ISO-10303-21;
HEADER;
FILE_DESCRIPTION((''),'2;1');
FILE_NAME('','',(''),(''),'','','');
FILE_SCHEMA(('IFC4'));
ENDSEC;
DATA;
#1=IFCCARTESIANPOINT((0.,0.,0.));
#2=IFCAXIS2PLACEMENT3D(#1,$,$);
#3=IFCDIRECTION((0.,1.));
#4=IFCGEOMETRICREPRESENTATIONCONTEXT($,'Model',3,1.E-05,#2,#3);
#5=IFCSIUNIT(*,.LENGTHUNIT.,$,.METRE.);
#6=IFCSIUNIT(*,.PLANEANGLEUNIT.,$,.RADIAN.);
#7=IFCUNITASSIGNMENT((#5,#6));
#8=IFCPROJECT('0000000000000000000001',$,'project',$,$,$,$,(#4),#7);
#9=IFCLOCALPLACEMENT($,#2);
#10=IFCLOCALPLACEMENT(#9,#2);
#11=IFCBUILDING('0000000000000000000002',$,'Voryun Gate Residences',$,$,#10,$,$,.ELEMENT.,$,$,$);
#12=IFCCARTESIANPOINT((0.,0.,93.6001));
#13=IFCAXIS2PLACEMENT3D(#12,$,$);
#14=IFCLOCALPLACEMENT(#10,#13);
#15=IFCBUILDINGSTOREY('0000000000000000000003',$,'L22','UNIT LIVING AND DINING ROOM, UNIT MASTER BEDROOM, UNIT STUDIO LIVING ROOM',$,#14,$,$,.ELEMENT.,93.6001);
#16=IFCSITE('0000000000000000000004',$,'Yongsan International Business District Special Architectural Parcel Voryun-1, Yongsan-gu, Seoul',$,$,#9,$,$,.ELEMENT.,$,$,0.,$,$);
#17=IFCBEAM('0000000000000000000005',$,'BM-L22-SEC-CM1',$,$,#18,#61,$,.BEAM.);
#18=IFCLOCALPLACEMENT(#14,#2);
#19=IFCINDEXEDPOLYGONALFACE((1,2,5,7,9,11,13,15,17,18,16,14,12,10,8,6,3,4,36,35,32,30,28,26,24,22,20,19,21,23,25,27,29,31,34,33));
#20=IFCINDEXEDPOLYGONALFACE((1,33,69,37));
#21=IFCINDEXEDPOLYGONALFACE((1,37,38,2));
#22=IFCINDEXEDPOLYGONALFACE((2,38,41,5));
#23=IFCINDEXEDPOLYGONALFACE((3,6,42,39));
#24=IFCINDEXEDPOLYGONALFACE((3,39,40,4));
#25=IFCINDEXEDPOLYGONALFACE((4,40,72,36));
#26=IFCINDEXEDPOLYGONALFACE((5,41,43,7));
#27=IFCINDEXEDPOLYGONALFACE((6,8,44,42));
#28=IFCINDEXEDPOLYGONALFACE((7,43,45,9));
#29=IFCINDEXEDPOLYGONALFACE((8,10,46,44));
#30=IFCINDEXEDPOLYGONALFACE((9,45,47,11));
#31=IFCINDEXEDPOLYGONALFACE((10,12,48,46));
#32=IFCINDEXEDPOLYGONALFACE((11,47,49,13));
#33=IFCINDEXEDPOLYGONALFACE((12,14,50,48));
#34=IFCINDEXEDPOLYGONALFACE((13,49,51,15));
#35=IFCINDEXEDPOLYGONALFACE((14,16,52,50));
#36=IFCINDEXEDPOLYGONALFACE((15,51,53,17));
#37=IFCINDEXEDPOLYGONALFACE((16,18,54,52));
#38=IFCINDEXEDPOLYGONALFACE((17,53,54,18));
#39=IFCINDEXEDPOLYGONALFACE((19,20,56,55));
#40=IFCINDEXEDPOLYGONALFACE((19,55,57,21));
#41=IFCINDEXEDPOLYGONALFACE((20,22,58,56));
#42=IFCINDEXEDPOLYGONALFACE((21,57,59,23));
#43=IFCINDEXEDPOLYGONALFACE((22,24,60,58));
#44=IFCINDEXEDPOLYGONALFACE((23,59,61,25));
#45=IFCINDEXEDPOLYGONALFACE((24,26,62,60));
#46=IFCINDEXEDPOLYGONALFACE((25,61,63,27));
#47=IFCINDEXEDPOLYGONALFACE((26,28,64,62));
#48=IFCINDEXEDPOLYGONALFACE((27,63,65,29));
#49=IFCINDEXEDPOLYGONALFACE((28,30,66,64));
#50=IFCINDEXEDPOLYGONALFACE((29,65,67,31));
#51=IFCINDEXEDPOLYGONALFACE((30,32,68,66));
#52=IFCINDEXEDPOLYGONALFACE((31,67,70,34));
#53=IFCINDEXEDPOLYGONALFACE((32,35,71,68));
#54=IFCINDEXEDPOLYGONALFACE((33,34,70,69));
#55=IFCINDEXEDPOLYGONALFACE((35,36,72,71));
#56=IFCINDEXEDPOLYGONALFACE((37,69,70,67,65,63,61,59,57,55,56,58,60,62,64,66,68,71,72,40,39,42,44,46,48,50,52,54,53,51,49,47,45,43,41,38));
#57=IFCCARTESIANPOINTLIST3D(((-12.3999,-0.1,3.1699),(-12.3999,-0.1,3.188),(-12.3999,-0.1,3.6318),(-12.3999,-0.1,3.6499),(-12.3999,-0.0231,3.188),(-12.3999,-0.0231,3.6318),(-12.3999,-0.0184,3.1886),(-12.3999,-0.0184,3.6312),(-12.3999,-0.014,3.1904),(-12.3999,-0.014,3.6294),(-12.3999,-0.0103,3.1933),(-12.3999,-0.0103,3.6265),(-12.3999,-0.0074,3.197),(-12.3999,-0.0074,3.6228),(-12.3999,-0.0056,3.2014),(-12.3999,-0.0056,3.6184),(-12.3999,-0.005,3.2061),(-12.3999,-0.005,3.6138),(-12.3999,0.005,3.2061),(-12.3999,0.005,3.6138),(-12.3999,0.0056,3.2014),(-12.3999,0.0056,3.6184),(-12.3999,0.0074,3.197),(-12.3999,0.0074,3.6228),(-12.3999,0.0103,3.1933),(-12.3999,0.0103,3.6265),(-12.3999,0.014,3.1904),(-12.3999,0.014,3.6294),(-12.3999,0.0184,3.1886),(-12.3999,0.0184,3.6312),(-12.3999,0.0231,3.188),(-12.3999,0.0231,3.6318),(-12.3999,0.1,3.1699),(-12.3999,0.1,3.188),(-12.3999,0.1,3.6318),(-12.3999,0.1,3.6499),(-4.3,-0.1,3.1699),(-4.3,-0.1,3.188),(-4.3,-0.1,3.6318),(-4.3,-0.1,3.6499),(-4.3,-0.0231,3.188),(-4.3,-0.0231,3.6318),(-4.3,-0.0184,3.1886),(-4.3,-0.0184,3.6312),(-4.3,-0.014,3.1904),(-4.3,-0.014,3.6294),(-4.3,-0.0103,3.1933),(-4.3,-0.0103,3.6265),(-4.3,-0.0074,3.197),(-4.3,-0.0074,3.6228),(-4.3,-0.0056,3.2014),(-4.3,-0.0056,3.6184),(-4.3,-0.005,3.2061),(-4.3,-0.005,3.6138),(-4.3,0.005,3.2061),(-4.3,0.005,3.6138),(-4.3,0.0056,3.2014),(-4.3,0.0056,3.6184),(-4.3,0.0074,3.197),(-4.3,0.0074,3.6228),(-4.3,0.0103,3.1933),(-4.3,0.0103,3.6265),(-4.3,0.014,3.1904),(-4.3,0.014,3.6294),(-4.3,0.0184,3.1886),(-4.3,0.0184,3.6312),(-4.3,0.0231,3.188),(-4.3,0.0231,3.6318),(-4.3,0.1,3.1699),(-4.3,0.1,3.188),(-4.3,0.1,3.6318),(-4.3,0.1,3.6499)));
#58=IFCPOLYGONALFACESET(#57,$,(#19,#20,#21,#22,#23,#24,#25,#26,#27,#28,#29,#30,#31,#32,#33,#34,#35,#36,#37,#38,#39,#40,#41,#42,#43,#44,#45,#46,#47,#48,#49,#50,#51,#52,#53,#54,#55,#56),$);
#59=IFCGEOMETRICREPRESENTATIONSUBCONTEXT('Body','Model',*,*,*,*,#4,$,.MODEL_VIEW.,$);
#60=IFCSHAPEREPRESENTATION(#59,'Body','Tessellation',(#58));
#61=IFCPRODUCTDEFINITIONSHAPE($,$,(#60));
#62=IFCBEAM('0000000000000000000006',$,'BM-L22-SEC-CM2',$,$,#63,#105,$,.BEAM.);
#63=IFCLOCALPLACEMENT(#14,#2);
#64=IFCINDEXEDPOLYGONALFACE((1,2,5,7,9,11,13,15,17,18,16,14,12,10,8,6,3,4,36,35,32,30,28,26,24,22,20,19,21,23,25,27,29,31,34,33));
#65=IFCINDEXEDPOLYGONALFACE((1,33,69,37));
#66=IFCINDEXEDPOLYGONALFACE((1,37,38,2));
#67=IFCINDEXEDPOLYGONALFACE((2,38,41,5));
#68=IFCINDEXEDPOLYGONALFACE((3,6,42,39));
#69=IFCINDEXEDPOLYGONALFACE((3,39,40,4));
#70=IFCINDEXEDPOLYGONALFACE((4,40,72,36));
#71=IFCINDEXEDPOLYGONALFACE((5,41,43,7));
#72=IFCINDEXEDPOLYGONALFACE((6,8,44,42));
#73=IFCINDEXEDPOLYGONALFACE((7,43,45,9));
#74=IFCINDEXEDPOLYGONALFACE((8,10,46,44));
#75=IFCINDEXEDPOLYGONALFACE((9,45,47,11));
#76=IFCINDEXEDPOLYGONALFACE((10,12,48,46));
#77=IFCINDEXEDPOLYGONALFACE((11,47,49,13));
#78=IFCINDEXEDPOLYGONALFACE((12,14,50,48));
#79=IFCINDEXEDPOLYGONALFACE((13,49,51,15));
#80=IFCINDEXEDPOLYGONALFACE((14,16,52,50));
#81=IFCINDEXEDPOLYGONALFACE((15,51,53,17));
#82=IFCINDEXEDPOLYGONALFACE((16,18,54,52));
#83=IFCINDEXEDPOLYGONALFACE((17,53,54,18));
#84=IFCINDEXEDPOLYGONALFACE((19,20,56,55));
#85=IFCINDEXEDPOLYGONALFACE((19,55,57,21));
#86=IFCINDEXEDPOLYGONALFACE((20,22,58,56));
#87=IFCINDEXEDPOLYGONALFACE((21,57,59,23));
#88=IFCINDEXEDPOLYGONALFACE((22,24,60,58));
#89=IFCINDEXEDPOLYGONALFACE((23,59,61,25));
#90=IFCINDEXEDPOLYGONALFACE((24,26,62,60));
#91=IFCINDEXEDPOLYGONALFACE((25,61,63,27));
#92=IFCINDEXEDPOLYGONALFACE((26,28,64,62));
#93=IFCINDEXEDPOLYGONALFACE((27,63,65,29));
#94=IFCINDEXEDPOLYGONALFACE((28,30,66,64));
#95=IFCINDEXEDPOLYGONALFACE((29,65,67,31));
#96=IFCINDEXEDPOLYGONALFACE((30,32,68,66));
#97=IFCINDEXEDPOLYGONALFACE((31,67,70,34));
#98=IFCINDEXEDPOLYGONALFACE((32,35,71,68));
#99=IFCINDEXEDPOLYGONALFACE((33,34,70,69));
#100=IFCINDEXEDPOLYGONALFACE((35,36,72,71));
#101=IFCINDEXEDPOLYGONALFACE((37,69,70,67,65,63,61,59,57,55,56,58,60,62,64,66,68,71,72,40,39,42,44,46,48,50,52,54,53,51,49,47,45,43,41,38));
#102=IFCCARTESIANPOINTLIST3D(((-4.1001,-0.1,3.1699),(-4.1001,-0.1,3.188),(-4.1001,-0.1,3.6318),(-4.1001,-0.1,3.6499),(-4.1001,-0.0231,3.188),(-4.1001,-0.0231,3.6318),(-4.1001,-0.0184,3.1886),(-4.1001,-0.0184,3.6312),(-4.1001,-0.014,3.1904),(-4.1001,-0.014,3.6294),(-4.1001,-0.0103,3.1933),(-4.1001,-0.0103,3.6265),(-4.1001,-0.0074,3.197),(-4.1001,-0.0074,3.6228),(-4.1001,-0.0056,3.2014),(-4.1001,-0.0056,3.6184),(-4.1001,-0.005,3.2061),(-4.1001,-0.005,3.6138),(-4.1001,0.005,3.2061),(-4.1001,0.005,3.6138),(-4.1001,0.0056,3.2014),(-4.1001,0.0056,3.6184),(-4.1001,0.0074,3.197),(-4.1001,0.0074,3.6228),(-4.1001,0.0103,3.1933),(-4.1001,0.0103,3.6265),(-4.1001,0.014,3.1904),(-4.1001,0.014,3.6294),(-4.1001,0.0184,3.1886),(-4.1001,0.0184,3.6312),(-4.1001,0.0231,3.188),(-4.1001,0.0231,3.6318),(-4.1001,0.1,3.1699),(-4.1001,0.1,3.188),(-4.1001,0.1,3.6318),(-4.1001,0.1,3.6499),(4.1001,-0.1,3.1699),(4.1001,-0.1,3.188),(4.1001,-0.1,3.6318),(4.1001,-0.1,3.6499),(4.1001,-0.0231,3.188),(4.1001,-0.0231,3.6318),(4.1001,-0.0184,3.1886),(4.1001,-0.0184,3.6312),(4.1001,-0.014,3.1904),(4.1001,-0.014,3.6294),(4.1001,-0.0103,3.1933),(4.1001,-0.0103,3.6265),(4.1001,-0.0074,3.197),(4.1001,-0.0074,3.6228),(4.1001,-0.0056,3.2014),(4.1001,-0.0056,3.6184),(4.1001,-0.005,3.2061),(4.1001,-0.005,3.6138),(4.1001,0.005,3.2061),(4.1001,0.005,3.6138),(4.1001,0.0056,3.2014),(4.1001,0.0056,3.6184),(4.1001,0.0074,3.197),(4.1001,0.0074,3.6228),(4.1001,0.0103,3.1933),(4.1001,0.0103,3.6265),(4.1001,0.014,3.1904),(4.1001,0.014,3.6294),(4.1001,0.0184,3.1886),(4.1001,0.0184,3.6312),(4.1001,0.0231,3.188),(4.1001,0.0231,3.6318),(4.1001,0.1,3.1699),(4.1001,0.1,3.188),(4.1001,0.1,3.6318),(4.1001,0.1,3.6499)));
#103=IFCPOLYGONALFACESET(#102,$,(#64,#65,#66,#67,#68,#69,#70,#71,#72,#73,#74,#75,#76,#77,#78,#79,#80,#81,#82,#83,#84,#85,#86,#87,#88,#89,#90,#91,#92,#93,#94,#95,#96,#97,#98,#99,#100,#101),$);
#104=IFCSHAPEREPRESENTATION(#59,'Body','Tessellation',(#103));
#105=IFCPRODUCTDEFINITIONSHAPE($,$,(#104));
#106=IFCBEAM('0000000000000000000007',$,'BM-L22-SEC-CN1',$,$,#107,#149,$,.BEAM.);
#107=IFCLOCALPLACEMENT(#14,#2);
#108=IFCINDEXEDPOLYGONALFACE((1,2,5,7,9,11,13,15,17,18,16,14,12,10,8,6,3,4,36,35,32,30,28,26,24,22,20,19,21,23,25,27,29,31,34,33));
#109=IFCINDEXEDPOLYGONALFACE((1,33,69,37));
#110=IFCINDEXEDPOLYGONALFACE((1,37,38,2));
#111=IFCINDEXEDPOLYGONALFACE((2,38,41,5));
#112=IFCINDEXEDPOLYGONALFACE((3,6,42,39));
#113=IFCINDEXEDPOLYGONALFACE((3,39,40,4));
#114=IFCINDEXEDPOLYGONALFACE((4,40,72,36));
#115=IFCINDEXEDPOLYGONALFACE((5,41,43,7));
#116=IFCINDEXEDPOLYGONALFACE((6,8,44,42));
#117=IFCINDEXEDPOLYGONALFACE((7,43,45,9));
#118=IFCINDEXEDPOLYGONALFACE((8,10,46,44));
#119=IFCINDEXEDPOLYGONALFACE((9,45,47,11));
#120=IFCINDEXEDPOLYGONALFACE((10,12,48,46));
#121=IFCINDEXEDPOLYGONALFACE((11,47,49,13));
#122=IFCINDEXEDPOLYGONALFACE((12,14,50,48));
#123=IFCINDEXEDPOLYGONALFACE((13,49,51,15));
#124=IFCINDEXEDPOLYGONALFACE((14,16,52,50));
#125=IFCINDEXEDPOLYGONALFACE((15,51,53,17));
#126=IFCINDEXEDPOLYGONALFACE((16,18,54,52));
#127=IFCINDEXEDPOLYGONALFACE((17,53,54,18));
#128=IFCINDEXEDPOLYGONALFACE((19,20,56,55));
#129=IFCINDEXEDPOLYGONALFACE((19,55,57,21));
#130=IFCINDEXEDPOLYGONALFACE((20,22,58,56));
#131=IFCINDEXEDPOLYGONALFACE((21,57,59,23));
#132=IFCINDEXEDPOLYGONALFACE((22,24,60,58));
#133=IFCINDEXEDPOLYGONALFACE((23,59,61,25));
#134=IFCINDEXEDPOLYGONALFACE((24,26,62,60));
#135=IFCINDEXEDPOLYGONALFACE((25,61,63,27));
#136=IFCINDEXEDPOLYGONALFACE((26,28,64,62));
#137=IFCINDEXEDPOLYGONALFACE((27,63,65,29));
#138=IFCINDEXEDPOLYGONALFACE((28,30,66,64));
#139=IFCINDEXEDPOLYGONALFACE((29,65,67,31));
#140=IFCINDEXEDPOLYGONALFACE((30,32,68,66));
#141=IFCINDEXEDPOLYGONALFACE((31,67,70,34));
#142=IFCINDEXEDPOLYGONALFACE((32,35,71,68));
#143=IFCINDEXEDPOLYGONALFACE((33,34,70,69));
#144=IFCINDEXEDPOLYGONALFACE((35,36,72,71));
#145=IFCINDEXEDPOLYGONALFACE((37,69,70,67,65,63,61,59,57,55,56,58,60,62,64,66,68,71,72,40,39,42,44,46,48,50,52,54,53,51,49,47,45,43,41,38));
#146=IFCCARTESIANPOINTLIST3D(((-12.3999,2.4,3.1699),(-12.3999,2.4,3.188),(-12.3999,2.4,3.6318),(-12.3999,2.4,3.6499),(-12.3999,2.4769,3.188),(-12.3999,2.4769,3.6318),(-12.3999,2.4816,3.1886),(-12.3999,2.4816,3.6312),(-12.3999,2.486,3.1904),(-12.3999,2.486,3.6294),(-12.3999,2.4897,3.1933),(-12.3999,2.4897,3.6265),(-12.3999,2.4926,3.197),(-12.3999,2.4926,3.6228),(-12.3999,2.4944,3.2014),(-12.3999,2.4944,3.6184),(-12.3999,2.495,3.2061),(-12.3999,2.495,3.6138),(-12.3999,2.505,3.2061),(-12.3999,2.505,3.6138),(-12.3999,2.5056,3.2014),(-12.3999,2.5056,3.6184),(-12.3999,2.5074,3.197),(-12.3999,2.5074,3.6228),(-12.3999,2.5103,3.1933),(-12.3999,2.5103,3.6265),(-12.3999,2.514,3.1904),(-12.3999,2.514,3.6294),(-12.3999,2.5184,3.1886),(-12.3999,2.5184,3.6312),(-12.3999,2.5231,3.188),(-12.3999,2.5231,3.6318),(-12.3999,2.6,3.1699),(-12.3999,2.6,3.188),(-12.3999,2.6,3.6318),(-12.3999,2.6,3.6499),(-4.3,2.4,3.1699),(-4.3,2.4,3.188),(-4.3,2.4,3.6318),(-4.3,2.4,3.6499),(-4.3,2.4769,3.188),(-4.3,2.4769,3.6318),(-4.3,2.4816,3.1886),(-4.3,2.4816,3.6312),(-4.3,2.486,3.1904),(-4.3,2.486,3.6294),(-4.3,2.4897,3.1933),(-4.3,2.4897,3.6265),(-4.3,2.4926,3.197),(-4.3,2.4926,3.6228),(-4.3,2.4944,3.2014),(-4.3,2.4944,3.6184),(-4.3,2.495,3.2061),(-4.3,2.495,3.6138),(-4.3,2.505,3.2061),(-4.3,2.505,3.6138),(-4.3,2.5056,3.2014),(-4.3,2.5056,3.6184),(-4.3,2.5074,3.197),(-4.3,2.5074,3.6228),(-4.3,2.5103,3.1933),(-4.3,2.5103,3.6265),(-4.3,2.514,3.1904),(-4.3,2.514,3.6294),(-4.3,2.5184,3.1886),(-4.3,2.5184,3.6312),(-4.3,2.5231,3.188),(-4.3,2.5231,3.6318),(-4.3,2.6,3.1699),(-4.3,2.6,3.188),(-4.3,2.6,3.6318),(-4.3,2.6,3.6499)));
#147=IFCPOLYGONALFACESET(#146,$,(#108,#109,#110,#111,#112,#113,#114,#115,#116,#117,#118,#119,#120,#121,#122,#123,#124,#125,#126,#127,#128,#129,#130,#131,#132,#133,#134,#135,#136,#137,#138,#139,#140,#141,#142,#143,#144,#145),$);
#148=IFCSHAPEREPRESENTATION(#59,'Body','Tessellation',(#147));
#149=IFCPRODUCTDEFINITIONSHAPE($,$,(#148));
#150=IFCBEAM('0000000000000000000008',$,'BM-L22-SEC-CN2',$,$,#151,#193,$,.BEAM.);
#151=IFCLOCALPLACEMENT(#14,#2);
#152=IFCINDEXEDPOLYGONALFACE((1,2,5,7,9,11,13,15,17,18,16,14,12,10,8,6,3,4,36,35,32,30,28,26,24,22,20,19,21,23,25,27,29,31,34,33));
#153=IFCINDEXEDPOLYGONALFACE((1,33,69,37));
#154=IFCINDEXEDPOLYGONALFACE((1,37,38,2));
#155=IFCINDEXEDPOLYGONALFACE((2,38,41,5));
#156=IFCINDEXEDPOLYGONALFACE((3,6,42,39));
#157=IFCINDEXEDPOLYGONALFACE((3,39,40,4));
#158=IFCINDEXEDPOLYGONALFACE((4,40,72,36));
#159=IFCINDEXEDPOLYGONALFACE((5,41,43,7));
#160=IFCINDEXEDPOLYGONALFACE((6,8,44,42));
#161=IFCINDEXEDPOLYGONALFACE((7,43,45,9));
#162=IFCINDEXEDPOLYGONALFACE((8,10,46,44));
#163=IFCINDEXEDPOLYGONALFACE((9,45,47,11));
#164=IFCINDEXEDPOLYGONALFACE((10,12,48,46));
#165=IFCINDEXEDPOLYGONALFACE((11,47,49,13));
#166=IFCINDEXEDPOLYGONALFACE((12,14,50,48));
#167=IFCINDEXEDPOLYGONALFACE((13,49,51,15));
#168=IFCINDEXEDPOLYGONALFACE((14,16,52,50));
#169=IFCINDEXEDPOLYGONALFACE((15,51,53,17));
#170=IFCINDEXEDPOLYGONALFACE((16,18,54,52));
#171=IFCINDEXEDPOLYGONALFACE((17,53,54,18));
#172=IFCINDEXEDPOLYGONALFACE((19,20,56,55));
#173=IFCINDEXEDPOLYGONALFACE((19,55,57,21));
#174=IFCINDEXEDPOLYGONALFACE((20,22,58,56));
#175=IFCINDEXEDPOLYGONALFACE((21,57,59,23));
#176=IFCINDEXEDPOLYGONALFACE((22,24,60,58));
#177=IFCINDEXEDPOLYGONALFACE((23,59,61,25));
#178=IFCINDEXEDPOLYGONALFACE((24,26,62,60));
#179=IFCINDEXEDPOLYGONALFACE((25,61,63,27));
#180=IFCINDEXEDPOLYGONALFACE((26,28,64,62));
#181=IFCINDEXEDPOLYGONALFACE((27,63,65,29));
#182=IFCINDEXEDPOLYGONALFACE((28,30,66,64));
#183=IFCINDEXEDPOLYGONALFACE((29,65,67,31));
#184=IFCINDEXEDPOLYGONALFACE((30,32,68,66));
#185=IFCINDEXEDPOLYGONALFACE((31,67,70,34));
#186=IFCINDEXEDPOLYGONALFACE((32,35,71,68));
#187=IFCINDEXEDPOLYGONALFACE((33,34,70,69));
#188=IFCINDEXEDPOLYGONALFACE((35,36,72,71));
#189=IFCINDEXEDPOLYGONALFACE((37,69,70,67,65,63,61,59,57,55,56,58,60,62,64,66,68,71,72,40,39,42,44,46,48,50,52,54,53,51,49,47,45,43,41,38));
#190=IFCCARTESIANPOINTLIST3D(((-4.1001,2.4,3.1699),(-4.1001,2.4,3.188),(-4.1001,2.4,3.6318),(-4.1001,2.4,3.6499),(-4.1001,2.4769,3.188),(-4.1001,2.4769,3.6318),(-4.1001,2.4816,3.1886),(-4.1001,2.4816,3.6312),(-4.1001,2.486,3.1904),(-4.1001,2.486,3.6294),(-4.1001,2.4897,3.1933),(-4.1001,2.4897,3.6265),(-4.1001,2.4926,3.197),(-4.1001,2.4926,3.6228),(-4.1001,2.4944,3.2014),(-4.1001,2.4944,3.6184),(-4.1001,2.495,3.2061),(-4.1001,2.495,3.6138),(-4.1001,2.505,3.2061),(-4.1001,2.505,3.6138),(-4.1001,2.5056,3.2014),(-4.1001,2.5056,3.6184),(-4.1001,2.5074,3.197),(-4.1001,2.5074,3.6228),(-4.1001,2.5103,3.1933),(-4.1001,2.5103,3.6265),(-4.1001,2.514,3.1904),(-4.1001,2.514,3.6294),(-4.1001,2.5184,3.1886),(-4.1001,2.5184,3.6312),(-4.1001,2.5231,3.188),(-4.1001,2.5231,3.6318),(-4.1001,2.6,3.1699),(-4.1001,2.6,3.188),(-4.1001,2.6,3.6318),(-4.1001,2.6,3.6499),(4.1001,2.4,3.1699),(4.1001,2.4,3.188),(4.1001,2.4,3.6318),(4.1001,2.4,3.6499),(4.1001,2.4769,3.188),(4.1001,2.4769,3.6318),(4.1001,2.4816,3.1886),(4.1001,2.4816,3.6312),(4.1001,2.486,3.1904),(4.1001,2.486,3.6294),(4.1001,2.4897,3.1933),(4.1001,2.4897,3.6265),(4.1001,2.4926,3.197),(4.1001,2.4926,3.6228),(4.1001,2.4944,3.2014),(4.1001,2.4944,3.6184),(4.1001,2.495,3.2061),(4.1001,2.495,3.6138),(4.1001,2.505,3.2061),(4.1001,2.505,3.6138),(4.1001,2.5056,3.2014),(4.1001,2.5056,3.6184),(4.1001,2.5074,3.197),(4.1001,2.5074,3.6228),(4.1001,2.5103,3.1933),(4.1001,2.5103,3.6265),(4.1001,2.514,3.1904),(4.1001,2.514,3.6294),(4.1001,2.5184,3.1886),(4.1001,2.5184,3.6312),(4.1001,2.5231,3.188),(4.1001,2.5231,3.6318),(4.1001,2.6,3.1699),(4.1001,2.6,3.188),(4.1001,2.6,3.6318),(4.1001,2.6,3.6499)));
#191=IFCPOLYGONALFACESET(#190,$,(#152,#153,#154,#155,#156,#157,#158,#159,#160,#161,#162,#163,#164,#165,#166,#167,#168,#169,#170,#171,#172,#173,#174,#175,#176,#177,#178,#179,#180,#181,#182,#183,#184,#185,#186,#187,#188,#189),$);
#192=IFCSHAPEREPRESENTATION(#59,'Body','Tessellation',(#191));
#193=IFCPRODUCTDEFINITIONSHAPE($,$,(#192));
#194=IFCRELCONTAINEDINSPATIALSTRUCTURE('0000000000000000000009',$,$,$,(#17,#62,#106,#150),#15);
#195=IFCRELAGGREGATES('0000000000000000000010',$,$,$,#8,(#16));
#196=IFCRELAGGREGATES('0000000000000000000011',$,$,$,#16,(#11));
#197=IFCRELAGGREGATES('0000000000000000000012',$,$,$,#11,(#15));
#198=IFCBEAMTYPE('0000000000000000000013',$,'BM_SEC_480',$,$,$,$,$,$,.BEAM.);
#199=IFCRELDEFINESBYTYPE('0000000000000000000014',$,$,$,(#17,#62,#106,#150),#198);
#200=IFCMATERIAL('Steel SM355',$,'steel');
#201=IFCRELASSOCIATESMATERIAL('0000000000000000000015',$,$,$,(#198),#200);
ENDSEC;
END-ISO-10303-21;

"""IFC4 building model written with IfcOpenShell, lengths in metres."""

from ifc_helpers import new_model, si_unit, direction, frame, origin, origin_2d, place, context, subcontext, project, spatial, i_section, extrude, material, material_profile, profile_set, type_object, element, save


model = new_model("IFC4")

# Units and contexts
model_context = context("Model", 3, precision=1e-05, world=origin(), true_north=direction((0.0, 1.0)))
body_context = subcontext(model_context, "Body", "Model", "MODEL_VIEW")
ifc_project = project(units=[si_unit("LENGTHUNIT", "METRE"), si_unit("PLANEANGLEUNIT", "RADIAN")], contexts=[model_context])

# Site, building, storey
site_placement = place(None, origin())
site = spatial("IfcSite", under=ifc_project, at=site_placement, Name="Yongsan International Business District Special Architectural Parcel Voryun-1, Yongsan-gu, Seoul", CompositionType="ELEMENT", RefElevation=0.0)
building_placement = place(site_placement, origin())
building = spatial("IfcBuilding", under=site, at=building_placement, Name="Voryun Gate Residences", CompositionType="ELEMENT")
storey_placement = place(building_placement, frame((0.0, 0.0, 93.6001)))
storey = spatial("IfcBuildingStorey", under=building, at=storey_placement, Name="L22", Description="UNIT LIVING AND DINING ROOM, UNIT MASTER BEDROOM, UNIT STUDIO LIVING ROOM", CompositionType="ELEMENT", Elevation=93.6001)

# Beams
ifc_material_1 = material(Name="Steel SM355", Category="steel")
ifc_material_profile_1 = material_profile(ifc_material_1, i_section(OverallWidth=0.2, OverallDepth=0.48, WebThickness=0.01, FlangeThickness=0.0181, FilletRadius=0.0181, at=origin_2d()), Name="H-480x200x10x18")
ifc_profile_set_1 = profile_set([ifc_material_profile_1], Name="Steel SM355")
beam_type_1 = type_object("IfcBeamType", Name="BM_SEC_480", PredefinedType="BEAM", material=ifc_profile_set_1)
beam_1_placement = place(storey_placement, frame((-12.3999, 0.0, 3.4099), z_axis=(1.0, 0.0, 0.0), x_axis=(0.0, 1.0, 0.0)))
element("IfcBeam", 1, at=beam_1_placement, inside=storey, type_object=beam_type_1, Name="BM-L22-SEC-CM1", PredefinedType="BEAM", context=body_context, shape_type="SweptSolid", body=[
    extrude(i_section(OverallWidth=0.2, OverallDepth=0.48, WebThickness=0.01, FlangeThickness=0.0181, FilletRadius=0.0181, at=origin_2d()), origin(), (0.0, 0.0, 1.0), 8.0999),
])
beam_2_placement = place(storey_placement, frame((-4.1001, 0.0, 3.4099), z_axis=(1.0, 0.0, 0.0), x_axis=(0.0, 1.0, 0.0)))
element("IfcBeam", 2, at=beam_2_placement, inside=storey, type_object=beam_type_1, Name="BM-L22-SEC-CM2", PredefinedType="BEAM", context=body_context, shape_type="SweptSolid", body=[
    extrude(i_section(OverallWidth=0.2, OverallDepth=0.48, WebThickness=0.01, FlangeThickness=0.0181, FilletRadius=0.0181, at=origin_2d()), origin(), (0.0, 0.0, 1.0), 8.2002),
])
beam_3_placement = place(storey_placement, frame((-12.3999, 2.5, 3.4099), z_axis=(1.0, 0.0, 0.0), x_axis=(0.0, 1.0, 0.0)))
element("IfcBeam", 3, at=beam_3_placement, inside=storey, type_object=beam_type_1, Name="BM-L22-SEC-CN1", PredefinedType="BEAM", context=body_context, shape_type="SweptSolid", body=[
    extrude(i_section(OverallWidth=0.2, OverallDepth=0.48, WebThickness=0.01, FlangeThickness=0.0181, FilletRadius=0.0181, at=origin_2d()), origin(), (0.0, 0.0, 1.0), 8.0999),
])
beam_4_placement = place(storey_placement, frame((-4.1001, 2.5, 3.4099), z_axis=(1.0, 0.0, 0.0), x_axis=(0.0, 1.0, 0.0)))
element("IfcBeam", 4, at=beam_4_placement, inside=storey, type_object=beam_type_1, Name="BM-L22-SEC-CN2", PredefinedType="BEAM", context=body_context, shape_type="SweptSolid", body=[
    extrude(i_section(OverallWidth=0.2, OverallDepth=0.48, WebThickness=0.01, FlangeThickness=0.0181, FilletRadius=0.0181, at=origin_2d()), origin(), (0.0, 0.0, 1.0), 8.2002),
])

save(model, "model.ifc")
